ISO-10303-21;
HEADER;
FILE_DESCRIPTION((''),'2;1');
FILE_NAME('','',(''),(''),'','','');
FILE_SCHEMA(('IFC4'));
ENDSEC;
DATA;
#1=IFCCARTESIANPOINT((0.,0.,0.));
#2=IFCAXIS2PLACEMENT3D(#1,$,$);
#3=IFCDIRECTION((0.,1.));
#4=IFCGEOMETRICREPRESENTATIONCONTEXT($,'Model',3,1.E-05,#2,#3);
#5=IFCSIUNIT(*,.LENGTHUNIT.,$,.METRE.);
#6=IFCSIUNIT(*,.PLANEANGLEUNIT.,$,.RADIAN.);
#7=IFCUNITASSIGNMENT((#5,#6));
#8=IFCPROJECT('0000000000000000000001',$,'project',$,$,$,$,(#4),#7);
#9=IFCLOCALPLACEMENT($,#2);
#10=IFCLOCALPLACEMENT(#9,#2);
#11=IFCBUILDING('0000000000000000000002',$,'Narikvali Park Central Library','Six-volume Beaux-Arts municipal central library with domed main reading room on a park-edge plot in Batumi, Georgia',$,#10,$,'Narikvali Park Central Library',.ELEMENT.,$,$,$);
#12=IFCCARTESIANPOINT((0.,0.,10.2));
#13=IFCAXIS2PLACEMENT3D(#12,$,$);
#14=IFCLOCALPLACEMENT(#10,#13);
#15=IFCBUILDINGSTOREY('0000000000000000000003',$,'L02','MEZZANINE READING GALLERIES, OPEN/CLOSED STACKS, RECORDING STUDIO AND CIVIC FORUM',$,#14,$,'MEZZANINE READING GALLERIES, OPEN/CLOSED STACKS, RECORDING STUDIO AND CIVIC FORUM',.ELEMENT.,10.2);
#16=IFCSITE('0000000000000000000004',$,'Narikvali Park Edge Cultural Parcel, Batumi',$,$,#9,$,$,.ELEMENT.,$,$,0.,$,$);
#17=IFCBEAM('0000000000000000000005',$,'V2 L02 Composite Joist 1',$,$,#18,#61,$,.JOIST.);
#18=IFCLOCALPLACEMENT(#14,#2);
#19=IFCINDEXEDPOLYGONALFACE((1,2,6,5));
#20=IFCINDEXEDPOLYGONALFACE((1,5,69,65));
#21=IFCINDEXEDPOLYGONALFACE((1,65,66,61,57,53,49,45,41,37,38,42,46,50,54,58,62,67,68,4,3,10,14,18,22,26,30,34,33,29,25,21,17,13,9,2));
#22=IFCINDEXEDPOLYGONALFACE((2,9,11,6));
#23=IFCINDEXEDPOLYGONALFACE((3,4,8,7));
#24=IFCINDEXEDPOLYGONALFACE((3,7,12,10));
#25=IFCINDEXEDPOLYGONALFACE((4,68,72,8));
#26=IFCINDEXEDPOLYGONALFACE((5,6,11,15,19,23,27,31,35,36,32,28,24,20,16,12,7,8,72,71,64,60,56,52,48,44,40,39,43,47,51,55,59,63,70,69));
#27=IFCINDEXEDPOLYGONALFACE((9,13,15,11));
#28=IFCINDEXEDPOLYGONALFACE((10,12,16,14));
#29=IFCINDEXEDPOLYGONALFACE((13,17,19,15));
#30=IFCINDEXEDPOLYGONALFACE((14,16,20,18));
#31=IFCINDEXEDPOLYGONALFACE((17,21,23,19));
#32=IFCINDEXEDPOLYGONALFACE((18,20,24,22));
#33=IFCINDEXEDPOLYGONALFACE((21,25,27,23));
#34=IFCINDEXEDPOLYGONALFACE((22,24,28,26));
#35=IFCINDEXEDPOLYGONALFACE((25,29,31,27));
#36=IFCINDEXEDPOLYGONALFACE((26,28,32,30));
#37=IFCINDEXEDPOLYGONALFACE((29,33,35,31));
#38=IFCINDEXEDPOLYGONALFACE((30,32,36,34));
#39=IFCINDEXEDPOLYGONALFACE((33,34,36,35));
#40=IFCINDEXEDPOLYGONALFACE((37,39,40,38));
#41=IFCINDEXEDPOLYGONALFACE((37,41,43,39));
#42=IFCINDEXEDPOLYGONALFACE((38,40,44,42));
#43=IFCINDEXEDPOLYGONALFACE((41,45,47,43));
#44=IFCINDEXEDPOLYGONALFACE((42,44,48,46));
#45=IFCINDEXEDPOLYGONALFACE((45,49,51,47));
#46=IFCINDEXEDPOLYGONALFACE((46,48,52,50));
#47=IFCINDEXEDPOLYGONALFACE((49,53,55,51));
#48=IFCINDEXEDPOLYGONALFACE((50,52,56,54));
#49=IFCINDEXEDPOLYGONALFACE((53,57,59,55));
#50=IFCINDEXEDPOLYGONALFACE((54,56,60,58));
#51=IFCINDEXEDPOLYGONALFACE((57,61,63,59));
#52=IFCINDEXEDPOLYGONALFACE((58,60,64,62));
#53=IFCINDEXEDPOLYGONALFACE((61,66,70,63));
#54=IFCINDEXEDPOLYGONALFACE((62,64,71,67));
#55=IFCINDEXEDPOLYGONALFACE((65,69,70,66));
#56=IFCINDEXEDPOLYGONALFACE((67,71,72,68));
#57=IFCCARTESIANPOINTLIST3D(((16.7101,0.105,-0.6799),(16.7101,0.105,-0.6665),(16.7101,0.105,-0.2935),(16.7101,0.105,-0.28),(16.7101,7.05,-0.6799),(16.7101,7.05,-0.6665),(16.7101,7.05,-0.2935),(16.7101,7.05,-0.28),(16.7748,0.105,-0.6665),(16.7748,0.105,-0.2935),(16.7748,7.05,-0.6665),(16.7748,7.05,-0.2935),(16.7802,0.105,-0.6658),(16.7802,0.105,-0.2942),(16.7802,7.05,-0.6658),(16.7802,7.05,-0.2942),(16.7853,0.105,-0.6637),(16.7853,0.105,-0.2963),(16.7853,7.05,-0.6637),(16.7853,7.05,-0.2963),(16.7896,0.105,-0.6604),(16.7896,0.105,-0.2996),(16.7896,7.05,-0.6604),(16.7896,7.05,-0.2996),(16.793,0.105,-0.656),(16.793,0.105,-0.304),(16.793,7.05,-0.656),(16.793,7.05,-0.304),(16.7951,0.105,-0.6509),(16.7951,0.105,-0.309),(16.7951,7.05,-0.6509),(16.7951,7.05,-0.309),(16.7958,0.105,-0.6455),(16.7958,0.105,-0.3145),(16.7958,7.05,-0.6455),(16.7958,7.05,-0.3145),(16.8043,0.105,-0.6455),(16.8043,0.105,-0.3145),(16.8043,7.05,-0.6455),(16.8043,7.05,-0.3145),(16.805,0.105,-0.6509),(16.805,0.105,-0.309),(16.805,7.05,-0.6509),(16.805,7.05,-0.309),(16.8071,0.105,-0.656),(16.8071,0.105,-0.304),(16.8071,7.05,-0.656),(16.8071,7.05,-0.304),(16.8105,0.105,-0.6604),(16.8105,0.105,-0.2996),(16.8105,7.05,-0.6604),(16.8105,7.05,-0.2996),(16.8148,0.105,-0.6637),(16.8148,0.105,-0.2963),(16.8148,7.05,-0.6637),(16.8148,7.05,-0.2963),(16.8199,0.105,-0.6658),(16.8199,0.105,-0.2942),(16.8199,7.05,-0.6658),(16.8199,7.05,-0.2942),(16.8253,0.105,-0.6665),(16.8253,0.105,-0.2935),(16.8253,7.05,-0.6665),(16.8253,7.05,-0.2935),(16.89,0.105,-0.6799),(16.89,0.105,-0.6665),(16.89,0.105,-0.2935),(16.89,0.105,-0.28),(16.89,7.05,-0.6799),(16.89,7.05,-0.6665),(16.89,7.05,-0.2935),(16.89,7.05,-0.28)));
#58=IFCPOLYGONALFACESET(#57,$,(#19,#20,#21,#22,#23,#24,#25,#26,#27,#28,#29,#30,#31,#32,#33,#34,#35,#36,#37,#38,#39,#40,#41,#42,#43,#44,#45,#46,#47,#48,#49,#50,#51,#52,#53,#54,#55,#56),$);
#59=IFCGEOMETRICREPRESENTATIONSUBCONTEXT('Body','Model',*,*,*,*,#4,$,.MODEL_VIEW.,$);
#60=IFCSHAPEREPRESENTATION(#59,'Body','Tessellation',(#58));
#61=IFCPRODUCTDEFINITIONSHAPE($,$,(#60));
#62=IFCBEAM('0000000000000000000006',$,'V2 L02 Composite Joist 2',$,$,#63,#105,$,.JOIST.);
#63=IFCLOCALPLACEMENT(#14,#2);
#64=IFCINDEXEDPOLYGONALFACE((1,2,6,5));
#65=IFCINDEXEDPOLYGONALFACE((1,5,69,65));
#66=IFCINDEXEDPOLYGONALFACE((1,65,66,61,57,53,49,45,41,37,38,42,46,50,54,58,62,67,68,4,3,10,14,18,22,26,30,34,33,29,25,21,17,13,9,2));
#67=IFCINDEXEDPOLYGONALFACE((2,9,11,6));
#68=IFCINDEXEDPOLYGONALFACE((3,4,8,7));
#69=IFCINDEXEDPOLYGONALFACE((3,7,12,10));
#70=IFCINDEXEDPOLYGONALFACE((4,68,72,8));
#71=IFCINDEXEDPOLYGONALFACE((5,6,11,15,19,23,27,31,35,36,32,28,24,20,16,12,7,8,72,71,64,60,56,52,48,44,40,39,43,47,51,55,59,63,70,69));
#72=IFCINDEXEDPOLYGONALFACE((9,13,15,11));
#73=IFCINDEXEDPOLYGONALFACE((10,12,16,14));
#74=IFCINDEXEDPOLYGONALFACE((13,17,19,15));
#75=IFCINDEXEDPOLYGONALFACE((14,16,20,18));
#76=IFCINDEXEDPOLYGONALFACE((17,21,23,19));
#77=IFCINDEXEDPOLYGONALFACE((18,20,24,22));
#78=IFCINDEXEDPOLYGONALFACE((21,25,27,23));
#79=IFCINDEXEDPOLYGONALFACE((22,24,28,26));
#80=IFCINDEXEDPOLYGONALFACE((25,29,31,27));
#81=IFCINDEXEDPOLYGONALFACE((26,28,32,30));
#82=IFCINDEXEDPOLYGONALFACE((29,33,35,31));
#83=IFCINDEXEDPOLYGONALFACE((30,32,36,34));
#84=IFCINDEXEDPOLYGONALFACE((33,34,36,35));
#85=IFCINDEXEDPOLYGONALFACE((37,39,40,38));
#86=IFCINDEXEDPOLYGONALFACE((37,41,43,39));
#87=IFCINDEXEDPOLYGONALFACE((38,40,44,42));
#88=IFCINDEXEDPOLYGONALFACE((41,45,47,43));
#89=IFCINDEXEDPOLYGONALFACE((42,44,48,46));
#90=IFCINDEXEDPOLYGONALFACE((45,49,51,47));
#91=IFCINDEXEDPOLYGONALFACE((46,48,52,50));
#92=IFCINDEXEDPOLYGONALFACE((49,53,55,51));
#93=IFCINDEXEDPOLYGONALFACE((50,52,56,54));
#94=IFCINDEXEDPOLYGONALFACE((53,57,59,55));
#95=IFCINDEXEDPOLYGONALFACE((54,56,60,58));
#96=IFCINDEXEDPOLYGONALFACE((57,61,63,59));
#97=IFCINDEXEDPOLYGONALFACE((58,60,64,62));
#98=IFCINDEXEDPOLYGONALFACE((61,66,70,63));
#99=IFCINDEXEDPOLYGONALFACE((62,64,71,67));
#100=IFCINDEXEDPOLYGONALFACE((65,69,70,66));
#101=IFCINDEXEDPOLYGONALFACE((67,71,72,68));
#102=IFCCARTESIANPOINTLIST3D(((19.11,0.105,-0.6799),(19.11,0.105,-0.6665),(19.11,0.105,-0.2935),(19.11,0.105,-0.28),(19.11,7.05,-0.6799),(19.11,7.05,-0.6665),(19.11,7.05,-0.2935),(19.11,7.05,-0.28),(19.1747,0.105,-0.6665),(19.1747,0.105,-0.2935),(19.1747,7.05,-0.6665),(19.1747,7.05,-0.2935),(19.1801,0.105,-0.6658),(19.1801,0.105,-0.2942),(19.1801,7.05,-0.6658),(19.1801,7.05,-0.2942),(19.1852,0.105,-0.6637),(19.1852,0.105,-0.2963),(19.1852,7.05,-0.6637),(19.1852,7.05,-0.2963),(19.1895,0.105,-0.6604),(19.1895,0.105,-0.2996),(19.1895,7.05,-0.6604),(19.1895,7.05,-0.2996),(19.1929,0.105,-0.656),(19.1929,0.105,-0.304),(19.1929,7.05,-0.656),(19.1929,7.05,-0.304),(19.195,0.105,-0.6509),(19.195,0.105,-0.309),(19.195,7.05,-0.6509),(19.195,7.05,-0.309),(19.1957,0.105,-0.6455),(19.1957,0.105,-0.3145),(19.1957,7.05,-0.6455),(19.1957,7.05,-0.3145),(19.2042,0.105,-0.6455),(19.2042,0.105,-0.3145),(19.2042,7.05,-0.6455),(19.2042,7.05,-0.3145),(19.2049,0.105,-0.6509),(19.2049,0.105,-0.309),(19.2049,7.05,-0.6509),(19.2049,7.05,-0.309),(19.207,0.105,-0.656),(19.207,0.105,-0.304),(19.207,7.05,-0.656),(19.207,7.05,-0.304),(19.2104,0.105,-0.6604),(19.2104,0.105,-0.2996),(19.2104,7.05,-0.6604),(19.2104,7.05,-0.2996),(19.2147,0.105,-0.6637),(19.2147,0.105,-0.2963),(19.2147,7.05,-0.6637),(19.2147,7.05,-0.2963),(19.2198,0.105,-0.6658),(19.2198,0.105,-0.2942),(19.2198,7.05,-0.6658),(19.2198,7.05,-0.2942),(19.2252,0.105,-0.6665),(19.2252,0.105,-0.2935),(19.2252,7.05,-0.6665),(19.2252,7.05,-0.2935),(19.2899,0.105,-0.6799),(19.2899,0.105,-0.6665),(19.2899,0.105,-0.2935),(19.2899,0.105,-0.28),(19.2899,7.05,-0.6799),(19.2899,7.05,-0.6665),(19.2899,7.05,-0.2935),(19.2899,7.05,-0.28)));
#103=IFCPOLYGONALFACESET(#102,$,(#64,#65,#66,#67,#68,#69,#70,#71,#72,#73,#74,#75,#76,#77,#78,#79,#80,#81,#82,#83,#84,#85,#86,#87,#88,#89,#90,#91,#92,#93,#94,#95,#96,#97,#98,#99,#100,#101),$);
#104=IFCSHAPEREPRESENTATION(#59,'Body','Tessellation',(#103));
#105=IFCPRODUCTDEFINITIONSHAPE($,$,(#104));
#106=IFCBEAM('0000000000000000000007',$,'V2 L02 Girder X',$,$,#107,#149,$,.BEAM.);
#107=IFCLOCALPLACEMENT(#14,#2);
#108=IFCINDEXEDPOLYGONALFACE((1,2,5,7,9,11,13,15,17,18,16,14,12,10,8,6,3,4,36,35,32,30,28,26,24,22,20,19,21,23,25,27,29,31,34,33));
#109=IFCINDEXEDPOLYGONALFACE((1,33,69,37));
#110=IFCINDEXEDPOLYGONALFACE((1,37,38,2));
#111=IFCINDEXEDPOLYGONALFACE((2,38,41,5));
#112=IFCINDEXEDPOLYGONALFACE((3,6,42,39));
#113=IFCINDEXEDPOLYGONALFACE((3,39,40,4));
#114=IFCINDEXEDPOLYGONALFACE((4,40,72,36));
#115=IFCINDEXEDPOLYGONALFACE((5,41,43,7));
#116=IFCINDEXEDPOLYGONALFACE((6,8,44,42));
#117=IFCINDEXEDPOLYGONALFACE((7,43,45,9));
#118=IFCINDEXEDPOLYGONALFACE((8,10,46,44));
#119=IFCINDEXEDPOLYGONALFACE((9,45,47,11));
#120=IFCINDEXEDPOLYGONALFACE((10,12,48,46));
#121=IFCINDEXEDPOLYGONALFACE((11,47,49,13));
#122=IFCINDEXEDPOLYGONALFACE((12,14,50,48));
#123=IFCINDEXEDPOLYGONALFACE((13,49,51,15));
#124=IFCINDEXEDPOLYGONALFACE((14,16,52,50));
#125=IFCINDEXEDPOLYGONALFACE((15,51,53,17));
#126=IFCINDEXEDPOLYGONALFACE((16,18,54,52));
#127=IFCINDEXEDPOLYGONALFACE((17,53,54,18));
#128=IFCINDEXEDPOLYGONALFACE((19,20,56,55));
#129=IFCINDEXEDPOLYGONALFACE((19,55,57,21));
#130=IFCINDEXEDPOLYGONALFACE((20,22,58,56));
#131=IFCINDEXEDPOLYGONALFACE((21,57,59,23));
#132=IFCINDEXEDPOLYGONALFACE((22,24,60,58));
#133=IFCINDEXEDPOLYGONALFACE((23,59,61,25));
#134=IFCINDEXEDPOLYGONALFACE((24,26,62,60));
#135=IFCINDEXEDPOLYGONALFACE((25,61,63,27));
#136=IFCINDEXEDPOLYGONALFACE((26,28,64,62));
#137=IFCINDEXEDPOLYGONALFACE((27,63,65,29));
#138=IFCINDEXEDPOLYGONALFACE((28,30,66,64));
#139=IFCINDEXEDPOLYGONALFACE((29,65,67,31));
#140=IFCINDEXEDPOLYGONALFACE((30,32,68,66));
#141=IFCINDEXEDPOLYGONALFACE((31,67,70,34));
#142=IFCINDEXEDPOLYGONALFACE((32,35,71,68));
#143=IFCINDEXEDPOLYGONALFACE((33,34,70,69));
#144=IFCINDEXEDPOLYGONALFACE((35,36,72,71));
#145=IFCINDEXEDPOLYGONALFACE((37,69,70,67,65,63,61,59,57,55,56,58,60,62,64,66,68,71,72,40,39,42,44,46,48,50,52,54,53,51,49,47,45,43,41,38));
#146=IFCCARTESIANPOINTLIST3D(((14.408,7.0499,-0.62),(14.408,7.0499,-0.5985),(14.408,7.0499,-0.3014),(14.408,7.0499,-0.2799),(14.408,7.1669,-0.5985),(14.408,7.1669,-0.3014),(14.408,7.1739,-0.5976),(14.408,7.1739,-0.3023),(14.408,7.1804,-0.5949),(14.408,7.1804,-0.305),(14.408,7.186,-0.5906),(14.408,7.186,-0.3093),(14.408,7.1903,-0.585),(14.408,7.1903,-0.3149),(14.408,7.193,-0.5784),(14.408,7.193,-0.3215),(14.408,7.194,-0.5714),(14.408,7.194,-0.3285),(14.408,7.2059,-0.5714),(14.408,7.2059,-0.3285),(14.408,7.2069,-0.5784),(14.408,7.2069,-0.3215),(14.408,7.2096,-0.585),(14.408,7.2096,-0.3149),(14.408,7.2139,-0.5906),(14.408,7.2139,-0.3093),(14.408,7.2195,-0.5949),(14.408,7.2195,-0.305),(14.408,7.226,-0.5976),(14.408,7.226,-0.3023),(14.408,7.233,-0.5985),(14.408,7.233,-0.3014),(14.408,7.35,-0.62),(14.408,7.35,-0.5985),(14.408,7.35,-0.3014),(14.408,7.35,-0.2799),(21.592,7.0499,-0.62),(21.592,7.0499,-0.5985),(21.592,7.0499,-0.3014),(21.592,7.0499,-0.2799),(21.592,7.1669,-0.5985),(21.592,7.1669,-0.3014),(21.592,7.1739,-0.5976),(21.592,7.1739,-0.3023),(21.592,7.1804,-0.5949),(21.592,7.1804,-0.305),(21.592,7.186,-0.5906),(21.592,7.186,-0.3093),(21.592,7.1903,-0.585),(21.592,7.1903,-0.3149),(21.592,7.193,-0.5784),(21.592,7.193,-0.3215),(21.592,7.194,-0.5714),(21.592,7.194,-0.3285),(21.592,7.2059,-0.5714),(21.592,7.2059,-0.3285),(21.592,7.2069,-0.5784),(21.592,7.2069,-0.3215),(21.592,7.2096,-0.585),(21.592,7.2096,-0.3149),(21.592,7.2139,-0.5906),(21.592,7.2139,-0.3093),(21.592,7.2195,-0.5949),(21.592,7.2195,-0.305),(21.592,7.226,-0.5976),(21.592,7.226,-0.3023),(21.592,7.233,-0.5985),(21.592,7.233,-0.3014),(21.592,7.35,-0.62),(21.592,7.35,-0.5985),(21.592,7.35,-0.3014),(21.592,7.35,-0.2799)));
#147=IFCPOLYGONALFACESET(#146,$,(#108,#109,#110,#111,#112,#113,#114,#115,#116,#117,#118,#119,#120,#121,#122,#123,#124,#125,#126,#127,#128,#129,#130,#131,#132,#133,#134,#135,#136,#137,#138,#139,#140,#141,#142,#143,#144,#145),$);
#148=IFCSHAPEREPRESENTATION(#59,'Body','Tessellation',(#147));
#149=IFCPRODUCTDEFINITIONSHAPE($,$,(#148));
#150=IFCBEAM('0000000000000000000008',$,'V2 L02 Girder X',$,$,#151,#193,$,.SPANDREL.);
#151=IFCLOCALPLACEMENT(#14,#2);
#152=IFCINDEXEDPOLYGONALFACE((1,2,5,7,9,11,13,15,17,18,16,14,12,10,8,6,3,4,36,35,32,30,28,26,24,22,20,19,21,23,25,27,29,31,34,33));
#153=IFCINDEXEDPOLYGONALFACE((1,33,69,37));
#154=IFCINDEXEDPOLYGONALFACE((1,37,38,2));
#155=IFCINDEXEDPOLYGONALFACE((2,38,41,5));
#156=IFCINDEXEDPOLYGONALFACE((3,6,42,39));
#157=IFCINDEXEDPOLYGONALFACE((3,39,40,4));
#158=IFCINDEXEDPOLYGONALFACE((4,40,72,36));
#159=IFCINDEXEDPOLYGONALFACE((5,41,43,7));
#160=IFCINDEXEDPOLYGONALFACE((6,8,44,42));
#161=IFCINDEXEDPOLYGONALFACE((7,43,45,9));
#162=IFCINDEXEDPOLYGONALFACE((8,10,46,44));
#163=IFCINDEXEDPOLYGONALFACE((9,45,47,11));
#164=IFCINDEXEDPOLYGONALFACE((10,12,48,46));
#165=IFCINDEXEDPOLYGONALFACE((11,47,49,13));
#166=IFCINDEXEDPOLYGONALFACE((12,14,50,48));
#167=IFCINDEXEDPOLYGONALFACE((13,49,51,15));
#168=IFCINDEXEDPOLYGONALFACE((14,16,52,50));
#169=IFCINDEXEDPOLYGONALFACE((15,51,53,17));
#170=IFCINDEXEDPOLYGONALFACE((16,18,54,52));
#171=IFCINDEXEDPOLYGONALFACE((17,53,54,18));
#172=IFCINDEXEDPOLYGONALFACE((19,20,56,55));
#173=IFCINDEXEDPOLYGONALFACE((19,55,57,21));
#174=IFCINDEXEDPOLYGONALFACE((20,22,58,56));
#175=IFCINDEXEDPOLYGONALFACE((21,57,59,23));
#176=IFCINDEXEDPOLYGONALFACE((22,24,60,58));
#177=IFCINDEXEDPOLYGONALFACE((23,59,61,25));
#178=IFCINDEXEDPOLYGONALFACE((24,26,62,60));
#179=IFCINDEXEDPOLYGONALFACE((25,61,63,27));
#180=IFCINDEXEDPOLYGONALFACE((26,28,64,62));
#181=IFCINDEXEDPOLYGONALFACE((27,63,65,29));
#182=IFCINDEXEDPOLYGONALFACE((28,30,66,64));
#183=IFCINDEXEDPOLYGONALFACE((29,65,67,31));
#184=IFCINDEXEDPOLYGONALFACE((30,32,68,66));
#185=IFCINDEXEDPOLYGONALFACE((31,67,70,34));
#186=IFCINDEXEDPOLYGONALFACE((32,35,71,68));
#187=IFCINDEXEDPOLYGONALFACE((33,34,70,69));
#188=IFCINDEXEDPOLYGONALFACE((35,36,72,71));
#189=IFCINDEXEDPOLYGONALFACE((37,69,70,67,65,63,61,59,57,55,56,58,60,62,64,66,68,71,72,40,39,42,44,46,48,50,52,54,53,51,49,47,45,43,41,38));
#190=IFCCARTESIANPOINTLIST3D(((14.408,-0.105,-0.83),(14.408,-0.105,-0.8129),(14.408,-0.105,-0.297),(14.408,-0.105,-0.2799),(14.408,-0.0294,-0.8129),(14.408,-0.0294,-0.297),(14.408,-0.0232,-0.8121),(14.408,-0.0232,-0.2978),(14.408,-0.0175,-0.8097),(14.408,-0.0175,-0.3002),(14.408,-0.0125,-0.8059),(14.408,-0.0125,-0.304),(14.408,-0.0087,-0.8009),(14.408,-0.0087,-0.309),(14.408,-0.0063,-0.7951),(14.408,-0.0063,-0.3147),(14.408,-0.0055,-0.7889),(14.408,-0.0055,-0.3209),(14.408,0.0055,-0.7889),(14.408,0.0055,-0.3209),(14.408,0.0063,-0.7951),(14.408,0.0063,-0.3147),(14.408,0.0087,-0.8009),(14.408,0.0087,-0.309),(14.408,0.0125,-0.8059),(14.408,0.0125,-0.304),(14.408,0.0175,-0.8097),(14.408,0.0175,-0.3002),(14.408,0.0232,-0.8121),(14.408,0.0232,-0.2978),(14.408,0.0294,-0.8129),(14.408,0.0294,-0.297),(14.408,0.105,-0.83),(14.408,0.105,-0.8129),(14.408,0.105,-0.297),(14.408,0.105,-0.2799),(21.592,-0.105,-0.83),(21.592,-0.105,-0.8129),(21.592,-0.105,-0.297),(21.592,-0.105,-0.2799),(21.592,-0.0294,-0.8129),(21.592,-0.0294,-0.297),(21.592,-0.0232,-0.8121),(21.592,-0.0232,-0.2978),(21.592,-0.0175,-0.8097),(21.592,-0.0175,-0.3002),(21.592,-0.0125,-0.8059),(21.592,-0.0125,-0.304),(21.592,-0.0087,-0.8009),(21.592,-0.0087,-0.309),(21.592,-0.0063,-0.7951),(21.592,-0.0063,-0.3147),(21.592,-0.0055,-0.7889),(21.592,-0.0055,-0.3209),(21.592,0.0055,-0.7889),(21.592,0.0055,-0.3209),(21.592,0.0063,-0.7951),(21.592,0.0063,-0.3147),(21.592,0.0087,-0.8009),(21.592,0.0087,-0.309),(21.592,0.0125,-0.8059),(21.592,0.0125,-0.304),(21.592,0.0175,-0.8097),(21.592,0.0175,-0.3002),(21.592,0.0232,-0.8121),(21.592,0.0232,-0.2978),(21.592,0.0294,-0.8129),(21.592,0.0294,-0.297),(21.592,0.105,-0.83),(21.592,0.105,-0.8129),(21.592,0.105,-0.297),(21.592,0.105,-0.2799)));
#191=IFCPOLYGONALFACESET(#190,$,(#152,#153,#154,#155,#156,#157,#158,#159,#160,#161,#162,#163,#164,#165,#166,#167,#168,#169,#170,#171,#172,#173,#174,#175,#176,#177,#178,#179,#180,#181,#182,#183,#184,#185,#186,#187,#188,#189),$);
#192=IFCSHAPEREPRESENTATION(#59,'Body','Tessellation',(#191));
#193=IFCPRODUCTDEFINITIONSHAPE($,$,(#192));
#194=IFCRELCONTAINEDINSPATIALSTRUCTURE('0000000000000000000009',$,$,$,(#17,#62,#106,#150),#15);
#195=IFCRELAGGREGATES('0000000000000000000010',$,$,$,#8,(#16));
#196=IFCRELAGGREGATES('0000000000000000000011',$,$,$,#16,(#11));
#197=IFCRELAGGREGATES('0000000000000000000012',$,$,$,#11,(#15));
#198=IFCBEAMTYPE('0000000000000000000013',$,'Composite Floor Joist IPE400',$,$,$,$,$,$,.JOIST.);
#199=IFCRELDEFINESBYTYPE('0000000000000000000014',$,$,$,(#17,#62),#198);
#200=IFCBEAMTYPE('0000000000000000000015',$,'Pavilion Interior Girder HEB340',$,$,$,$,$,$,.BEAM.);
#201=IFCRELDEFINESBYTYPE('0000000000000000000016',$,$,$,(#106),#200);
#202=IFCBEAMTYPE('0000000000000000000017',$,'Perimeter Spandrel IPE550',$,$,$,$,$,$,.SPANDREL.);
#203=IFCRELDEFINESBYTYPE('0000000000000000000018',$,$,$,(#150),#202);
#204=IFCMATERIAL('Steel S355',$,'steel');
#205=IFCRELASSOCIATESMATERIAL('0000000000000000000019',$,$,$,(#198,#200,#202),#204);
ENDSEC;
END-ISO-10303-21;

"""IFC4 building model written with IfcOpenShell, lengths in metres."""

from ifc_helpers import new_model, si_unit, direction, frame, origin, origin_2d, place, context, subcontext, project, spatial, i_section, extrude, material, material_profile, profile_set, type_object, element, save


model = new_model("IFC4")

# Units and contexts
model_context = context("Model", 3, precision=1e-05, world=origin(), true_north=direction((0.0, 1.0)))
body_context = subcontext(model_context, "Body", "Model", "MODEL_VIEW")
ifc_project = project(units=[si_unit("LENGTHUNIT", "METRE"), si_unit("PLANEANGLEUNIT", "RADIAN")], contexts=[model_context])

# Site, building, storey
site_placement = place(None, origin())
site = spatial("IfcSite", under=ifc_project, at=site_placement, Name="Narikvali Park Edge Cultural Parcel, Batumi", CompositionType="ELEMENT", RefElevation=0.0)
building_placement = place(site_placement, origin())
building = spatial("IfcBuilding", under=site, at=building_placement, Name="Narikvali Park Central Library", Description="Six-volume Beaux-Arts municipal central library with domed main reading room on a park-edge plot in Batumi, Georgia", LongName="Narikvali Park Central Library", CompositionType="ELEMENT")
storey_placement = place(building_placement, frame((0.0, 0.0, 10.2)))
storey = spatial("IfcBuildingStorey", under=building, at=storey_placement, Name="L02", Description="MEZZANINE READING GALLERIES, OPEN/CLOSED STACKS, RECORDING STUDIO AND CIVIC FORUM", LongName="MEZZANINE READING GALLERIES, OPEN/CLOSED STACKS, RECORDING STUDIO AND CIVIC FORUM", CompositionType="ELEMENT", Elevation=10.2)

# Shared definitions
ifc_material_1 = material(Name="Steel S355", Category="steel")

# Beams
ifc_material_profile_1 = material_profile(ifc_material_1, i_section(OverallWidth=0.1799, OverallDepth=0.3999, WebThickness=0.0085, FlangeThickness=0.0134, FilletRadius=0.021, at=origin_2d()), Name="IPE 400")
ifc_profile_set_1 = profile_set([ifc_material_profile_1], Name="Steel S355")
beam_type_1 = type_object("IfcBeamType", Name="Composite Floor Joist IPE400", PredefinedType="JOIST", material=ifc_profile_set_1)
for number, where, z_axis, x_axis, name in (
    (1, (16.8, 0.105, -0.48), (0.0, 1.0, 0.0), (-1.0, 0.0, 0.0), "V2 L02 Composite Joist 1"),
    (2, (19.2, 0.105, -0.48), (0.0, 1.0, 0.0), (-1.0, 0.0, 0.0), "V2 L02 Composite Joist 2"),
):
    element("IfcBeam", number, at=place(storey_placement, frame(where, z_axis=z_axis, x_axis=x_axis)), inside=storey, type_object=beam_type_1, Name=name, PredefinedType="JOIST", context=body_context, shape_type="SweptSolid", body=[
        extrude(i_section(OverallWidth=0.1799, OverallDepth=0.3999, WebThickness=0.0085, FlangeThickness=0.0134, FilletRadius=0.021, at=origin_2d()), origin(), (0.0, 0.0, 1.0), 6.9451),
    ])
ifc_material_profile_2 = material_profile(ifc_material_1, i_section(OverallWidth=0.3, OverallDepth=0.3401, WebThickness=0.012, FlangeThickness=0.0215, FilletRadius=0.0271, at=origin_2d()), Name="HEB 340")
ifc_profile_set_2 = profile_set([ifc_material_profile_2], Name="Steel S355")
beam_type_2 = type_object("IfcBeamType", Name="Pavilion Interior Girder HEB340", PredefinedType="BEAM", material=ifc_profile_set_2)
beam_1_placement = place(storey_placement, frame((14.408, 7.2, -0.45), z_axis=(1.0, 0.0, 0.0), x_axis=(0.0, 1.0, 0.0)))
element("IfcBeam", 3, at=beam_1_placement, inside=storey, type_object=beam_type_2, Name="V2 L02 Girder X", PredefinedType="BEAM", context=body_context, shape_type="SweptSolid", body=[
    extrude(i_section(OverallWidth=0.3, OverallDepth=0.3401, WebThickness=0.012, FlangeThickness=0.0215, FilletRadius=0.0271, at=origin_2d()), origin(), (0.0, 0.0, 1.0), 7.1841),
])
ifc_material_profile_3 = material_profile(ifc_material_1, i_section(OverallWidth=0.21, OverallDepth=0.55, WebThickness=0.011, FlangeThickness=0.0171, FilletRadius=0.0239, at=origin_2d()), Name="IPE 550")
ifc_profile_set_3 = profile_set([ifc_material_profile_3], Name="Steel S355")
beam_type_3 = type_object("IfcBeamType", Name="Perimeter Spandrel IPE550", PredefinedType="SPANDREL", material=ifc_profile_set_3)
for number, where, z_axis, x_axis, name in (
    (4, (14.408, 0.0, -0.5549), (1.0, 0.0, 0.0), (0.0, 1.0, 0.0), "V2 L02 Girder X"),
):
    element("IfcBeam", number, at=place(storey_placement, frame(where, z_axis=z_axis, x_axis=x_axis)), inside=storey, type_object=beam_type_3, Name=name, PredefinedType="SPANDREL", context=body_context, shape_type="SweptSolid", body=[
        extrude(i_section(OverallWidth=0.21, OverallDepth=0.55, WebThickness=0.011, FlangeThickness=0.0171, FilletRadius=0.0239, at=origin_2d()), origin(), (0.0, 0.0, 1.0), 7.1841),
    ])

save(model, "model.ifc")
